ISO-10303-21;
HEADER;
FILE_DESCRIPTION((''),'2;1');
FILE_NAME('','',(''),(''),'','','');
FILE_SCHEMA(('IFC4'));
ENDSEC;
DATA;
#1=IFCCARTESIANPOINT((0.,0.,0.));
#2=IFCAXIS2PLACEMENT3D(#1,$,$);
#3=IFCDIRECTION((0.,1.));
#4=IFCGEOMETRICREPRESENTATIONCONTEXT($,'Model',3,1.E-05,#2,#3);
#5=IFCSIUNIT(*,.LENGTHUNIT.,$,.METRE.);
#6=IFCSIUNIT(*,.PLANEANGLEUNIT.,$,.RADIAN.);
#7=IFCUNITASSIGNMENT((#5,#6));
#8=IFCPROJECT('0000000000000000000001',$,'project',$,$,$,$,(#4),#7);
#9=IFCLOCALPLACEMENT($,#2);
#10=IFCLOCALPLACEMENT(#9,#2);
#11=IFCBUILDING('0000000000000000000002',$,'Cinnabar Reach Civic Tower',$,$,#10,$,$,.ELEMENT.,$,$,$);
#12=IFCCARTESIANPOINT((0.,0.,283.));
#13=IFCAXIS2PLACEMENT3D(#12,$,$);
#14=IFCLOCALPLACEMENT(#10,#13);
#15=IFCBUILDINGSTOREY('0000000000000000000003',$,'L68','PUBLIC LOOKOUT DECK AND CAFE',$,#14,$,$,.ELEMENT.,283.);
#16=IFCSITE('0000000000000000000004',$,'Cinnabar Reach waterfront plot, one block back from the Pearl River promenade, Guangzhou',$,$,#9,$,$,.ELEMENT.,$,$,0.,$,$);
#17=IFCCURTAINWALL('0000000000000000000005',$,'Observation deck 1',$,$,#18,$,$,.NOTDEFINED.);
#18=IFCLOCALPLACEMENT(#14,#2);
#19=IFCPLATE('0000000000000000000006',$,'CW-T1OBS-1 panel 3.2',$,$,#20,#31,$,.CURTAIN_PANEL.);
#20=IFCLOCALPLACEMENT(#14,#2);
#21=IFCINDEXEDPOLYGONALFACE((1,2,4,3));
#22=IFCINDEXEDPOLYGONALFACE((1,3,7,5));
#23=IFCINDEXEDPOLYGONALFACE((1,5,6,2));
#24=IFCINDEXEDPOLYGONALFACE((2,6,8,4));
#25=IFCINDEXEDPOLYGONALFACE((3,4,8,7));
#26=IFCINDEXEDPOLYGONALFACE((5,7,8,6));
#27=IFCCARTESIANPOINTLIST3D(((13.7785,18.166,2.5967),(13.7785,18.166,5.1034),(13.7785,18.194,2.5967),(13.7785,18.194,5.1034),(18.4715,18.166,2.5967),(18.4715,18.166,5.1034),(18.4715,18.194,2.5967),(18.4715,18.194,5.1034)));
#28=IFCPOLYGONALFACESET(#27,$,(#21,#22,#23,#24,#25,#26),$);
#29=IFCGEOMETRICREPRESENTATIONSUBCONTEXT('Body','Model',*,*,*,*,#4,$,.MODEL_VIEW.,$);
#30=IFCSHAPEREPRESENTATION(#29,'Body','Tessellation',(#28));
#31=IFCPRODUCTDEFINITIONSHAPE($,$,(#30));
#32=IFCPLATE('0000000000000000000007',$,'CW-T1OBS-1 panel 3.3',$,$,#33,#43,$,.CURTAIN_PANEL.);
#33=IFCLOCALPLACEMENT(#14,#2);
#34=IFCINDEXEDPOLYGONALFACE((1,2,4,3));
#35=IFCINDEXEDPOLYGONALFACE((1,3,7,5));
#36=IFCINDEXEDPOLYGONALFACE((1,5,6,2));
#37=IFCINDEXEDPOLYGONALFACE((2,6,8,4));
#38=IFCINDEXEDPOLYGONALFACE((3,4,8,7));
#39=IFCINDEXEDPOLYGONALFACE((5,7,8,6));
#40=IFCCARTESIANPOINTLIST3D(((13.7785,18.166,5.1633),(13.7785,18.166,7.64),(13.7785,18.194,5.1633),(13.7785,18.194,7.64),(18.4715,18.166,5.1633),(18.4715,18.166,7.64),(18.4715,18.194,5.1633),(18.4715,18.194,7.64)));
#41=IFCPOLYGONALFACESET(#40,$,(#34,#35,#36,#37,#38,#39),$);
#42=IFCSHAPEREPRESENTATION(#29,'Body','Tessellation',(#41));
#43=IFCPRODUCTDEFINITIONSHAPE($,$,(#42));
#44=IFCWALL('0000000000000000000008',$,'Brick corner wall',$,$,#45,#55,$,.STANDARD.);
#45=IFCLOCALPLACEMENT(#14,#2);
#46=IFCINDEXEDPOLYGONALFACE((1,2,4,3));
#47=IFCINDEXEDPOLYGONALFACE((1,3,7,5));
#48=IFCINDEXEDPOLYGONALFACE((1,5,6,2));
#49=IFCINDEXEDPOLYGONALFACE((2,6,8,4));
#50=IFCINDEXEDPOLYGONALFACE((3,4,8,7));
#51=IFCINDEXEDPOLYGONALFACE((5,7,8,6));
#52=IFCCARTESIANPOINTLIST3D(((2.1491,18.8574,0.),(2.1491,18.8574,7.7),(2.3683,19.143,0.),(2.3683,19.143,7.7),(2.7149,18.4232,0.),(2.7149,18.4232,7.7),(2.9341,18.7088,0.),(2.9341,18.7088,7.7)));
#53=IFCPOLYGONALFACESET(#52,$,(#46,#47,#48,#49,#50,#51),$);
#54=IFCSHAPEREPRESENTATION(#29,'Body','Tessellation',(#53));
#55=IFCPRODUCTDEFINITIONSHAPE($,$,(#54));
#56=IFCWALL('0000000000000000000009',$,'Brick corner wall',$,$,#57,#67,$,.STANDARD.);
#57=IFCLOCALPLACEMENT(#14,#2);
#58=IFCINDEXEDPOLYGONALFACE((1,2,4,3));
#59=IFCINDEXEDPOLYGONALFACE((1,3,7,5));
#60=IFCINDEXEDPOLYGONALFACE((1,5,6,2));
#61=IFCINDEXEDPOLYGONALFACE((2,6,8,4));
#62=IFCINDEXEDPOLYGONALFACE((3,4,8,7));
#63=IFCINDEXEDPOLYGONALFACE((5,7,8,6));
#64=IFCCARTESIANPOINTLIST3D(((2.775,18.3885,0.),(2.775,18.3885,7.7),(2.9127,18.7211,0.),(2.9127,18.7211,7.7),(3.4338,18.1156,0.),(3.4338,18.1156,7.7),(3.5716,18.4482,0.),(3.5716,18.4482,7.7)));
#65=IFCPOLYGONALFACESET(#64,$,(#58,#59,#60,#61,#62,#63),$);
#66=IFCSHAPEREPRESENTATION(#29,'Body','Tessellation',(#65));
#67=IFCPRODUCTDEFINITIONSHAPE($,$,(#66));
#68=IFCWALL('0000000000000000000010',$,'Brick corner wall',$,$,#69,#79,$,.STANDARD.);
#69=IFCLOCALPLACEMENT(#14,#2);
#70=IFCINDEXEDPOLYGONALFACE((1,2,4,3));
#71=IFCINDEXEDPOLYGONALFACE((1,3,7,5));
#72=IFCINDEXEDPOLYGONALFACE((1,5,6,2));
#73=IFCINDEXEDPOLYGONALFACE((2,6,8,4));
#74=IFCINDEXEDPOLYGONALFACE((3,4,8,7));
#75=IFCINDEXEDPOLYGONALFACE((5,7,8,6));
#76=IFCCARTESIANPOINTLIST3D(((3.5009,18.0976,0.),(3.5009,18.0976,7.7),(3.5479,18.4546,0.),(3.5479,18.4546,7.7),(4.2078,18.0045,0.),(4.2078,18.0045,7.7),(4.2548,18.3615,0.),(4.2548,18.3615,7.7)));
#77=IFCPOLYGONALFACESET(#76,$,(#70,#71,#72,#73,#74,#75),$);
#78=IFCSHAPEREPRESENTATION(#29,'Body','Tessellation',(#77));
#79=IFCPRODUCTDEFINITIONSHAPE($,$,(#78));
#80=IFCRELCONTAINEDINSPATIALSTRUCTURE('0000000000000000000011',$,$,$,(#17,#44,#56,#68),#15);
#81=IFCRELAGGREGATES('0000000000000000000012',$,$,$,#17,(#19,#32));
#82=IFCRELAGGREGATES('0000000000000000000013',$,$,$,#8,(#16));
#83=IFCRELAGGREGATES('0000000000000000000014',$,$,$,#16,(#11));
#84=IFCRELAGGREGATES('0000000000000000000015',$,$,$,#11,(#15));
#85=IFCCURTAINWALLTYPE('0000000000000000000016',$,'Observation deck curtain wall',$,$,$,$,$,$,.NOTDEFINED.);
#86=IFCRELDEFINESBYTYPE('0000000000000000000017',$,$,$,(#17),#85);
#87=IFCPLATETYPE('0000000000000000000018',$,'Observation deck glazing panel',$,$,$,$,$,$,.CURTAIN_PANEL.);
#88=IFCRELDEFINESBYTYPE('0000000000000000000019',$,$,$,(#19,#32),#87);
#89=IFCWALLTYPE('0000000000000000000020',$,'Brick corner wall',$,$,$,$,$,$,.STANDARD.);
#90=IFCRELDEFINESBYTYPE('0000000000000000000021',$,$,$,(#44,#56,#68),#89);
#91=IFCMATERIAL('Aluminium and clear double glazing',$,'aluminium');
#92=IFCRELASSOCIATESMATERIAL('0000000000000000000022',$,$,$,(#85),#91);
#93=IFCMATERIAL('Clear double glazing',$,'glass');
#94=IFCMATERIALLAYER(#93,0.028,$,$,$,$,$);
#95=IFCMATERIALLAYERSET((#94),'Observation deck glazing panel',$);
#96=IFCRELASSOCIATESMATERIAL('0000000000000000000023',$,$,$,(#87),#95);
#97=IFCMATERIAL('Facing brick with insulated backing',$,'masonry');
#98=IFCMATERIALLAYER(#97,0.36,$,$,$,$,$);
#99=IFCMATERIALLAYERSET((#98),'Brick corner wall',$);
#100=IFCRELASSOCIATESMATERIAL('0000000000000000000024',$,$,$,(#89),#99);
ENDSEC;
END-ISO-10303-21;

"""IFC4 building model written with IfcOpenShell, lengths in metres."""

from ifc_helpers import new_model, si_unit, direction, frame, frame_2d, origin, origin_2d, place, context, subcontext, project, spatial, rectangle, extrude, material, layer, layer_set, type_object, element, aggregate, save


model = new_model("IFC4")

# Units and contexts
model_context = context("Model", 3, precision=1e-05, world=origin(), true_north=direction((0.0, 1.0)))
body_context = subcontext(model_context, "Body", "Model", "MODEL_VIEW")
ifc_project = project(units=[si_unit("LENGTHUNIT", "METRE"), si_unit("PLANEANGLEUNIT", "RADIAN")], contexts=[model_context])

# Site, building, storey
site_placement = place(None, origin())
site = spatial("IfcSite", under=ifc_project, at=site_placement, Name="Cinnabar Reach waterfront plot, one block back from the Pearl River promenade, Guangzhou", CompositionType="ELEMENT", RefElevation=0.0)
building_placement = place(site_placement, origin())
building = spatial("IfcBuilding", under=site, at=building_placement, Name="Cinnabar Reach Civic Tower", CompositionType="ELEMENT")
storey_placement = place(building_placement, frame((0.0, 0.0, 283.0)))
storey = spatial("IfcBuildingStorey", under=building, at=storey_placement, Name="L68", Description="PUBLIC LOOKOUT DECK AND CAFE", CompositionType="ELEMENT", Elevation=283.0)

# Curtain wall, plates
ifc_material_1 = material(Name="Aluminium and clear double glazing", Category="aluminium")
curtain_wall_type = type_object("IfcCurtainWallType", Name="Observation deck curtain wall", PredefinedType="NOTDEFINED", material=ifc_material_1)
curtain_wall_placement = place(storey_placement, origin())
curtain_wall = element("IfcCurtainWall", 1, at=curtain_wall_placement, inside=storey, type_object=curtain_wall_type, Name="Observation deck 1", PredefinedType="NOTDEFINED")
ifc_material_2 = material(Name="Clear double glazing", Category="glass")
ifc_layer_1 = layer(ifc_material_2, 0.028)
ifc_layer_set_1 = layer_set([ifc_layer_1], Name="Observation deck glazing panel")
plate_type = type_object("IfcPlateType", Name="Observation deck glazing panel", PredefinedType="CURTAIN_PANEL", material=ifc_layer_set_1)
plate_1_placement = place(storey_placement, frame((16.125, 18.18, 2.5967), z_axis=(0.0, 0.0, 1.0), x_axis=(1.0, 0.0, 0.0)))
plate_1 = element("IfcPlate", 2, at=plate_1_placement, type_object=plate_type, Name="CW-T1OBS-1 panel 3.2", PredefinedType="CURTAIN_PANEL", context=body_context, shape_type="SweptSolid", body=[
    extrude(rectangle(XDim=4.693, YDim=0.028, at=origin_2d()), origin(), (0.0, 0.0, 1.0), 2.5067),
])
plate_2_placement = place(storey_placement, frame((16.125, 18.18, 5.1633), z_axis=(0.0, 0.0, 1.0), x_axis=(1.0, 0.0, 0.0)))
plate_2 = element("IfcPlate", 3, at=plate_2_placement, type_object=plate_type, Name="CW-T1OBS-1 panel 3.3", PredefinedType="CURTAIN_PANEL", context=body_context, shape_type="SweptSolid", body=[
    extrude(rectangle(XDim=4.693, YDim=0.028, at=origin_2d()), origin(), (0.0, 0.0, 1.0), 2.4767),
])
aggregate(curtain_wall, [plate_1, plate_2])

# Walls
ifc_material_3 = material(Name="Facing brick with insulated backing", Category="masonry")
ifc_layer_2 = layer(ifc_material_3, 0.36)
ifc_layer_set_2 = layer_set([ifc_layer_2], Name="Brick corner wall")
wall_type = type_object("IfcWallType", Name="Brick corner wall", PredefinedType="STANDARD", material=ifc_layer_set_2)
wall_placement = place(storey_placement, frame((2.2587, 19.0002, 0.0), z_axis=(0.0, 0.0, 1.0), x_axis=(0.793322, -0.608802, 0.0)))
element("IfcWall", 4, at=wall_placement, inside=storey, type_object=wall_type, Name="Brick corner wall", PredefinedType="STANDARD", context=body_context, shape_type="SweptSolid", body=[
    extrude(rectangle(XDim=0.7132, YDim=0.36, at=frame_2d((0.3566, 0.0))), origin(), (0.0, 0.0, 1.0), 7.7),
])
for number, where, z_axis, x_axis, name in (
    (5, (2.8439, 18.5548, 0.0), (0.0, 0.0, 1.0), (0.923872, -0.382703, 0.0), "Brick corner wall"),
    (6, (3.5244, 18.2761, 0.0), (0.0, 0.0, 1.0), (0.991441, -0.130556, 0.0), "Brick corner wall"),
):
    element("IfcWall", number, at=place(storey_placement, frame(where, z_axis=z_axis, x_axis=x_axis)), inside=storey, type_object=wall_type, Name=name, PredefinedType="STANDARD", context=body_context, shape_type="SweptSolid", body=[
        extrude(rectangle(XDim=0.7131, YDim=0.36, at=frame_2d((0.3565, 0.0))), origin(), (0.0, 0.0, 1.0), 7.7),
    ])

save(model, "model.ifc")
